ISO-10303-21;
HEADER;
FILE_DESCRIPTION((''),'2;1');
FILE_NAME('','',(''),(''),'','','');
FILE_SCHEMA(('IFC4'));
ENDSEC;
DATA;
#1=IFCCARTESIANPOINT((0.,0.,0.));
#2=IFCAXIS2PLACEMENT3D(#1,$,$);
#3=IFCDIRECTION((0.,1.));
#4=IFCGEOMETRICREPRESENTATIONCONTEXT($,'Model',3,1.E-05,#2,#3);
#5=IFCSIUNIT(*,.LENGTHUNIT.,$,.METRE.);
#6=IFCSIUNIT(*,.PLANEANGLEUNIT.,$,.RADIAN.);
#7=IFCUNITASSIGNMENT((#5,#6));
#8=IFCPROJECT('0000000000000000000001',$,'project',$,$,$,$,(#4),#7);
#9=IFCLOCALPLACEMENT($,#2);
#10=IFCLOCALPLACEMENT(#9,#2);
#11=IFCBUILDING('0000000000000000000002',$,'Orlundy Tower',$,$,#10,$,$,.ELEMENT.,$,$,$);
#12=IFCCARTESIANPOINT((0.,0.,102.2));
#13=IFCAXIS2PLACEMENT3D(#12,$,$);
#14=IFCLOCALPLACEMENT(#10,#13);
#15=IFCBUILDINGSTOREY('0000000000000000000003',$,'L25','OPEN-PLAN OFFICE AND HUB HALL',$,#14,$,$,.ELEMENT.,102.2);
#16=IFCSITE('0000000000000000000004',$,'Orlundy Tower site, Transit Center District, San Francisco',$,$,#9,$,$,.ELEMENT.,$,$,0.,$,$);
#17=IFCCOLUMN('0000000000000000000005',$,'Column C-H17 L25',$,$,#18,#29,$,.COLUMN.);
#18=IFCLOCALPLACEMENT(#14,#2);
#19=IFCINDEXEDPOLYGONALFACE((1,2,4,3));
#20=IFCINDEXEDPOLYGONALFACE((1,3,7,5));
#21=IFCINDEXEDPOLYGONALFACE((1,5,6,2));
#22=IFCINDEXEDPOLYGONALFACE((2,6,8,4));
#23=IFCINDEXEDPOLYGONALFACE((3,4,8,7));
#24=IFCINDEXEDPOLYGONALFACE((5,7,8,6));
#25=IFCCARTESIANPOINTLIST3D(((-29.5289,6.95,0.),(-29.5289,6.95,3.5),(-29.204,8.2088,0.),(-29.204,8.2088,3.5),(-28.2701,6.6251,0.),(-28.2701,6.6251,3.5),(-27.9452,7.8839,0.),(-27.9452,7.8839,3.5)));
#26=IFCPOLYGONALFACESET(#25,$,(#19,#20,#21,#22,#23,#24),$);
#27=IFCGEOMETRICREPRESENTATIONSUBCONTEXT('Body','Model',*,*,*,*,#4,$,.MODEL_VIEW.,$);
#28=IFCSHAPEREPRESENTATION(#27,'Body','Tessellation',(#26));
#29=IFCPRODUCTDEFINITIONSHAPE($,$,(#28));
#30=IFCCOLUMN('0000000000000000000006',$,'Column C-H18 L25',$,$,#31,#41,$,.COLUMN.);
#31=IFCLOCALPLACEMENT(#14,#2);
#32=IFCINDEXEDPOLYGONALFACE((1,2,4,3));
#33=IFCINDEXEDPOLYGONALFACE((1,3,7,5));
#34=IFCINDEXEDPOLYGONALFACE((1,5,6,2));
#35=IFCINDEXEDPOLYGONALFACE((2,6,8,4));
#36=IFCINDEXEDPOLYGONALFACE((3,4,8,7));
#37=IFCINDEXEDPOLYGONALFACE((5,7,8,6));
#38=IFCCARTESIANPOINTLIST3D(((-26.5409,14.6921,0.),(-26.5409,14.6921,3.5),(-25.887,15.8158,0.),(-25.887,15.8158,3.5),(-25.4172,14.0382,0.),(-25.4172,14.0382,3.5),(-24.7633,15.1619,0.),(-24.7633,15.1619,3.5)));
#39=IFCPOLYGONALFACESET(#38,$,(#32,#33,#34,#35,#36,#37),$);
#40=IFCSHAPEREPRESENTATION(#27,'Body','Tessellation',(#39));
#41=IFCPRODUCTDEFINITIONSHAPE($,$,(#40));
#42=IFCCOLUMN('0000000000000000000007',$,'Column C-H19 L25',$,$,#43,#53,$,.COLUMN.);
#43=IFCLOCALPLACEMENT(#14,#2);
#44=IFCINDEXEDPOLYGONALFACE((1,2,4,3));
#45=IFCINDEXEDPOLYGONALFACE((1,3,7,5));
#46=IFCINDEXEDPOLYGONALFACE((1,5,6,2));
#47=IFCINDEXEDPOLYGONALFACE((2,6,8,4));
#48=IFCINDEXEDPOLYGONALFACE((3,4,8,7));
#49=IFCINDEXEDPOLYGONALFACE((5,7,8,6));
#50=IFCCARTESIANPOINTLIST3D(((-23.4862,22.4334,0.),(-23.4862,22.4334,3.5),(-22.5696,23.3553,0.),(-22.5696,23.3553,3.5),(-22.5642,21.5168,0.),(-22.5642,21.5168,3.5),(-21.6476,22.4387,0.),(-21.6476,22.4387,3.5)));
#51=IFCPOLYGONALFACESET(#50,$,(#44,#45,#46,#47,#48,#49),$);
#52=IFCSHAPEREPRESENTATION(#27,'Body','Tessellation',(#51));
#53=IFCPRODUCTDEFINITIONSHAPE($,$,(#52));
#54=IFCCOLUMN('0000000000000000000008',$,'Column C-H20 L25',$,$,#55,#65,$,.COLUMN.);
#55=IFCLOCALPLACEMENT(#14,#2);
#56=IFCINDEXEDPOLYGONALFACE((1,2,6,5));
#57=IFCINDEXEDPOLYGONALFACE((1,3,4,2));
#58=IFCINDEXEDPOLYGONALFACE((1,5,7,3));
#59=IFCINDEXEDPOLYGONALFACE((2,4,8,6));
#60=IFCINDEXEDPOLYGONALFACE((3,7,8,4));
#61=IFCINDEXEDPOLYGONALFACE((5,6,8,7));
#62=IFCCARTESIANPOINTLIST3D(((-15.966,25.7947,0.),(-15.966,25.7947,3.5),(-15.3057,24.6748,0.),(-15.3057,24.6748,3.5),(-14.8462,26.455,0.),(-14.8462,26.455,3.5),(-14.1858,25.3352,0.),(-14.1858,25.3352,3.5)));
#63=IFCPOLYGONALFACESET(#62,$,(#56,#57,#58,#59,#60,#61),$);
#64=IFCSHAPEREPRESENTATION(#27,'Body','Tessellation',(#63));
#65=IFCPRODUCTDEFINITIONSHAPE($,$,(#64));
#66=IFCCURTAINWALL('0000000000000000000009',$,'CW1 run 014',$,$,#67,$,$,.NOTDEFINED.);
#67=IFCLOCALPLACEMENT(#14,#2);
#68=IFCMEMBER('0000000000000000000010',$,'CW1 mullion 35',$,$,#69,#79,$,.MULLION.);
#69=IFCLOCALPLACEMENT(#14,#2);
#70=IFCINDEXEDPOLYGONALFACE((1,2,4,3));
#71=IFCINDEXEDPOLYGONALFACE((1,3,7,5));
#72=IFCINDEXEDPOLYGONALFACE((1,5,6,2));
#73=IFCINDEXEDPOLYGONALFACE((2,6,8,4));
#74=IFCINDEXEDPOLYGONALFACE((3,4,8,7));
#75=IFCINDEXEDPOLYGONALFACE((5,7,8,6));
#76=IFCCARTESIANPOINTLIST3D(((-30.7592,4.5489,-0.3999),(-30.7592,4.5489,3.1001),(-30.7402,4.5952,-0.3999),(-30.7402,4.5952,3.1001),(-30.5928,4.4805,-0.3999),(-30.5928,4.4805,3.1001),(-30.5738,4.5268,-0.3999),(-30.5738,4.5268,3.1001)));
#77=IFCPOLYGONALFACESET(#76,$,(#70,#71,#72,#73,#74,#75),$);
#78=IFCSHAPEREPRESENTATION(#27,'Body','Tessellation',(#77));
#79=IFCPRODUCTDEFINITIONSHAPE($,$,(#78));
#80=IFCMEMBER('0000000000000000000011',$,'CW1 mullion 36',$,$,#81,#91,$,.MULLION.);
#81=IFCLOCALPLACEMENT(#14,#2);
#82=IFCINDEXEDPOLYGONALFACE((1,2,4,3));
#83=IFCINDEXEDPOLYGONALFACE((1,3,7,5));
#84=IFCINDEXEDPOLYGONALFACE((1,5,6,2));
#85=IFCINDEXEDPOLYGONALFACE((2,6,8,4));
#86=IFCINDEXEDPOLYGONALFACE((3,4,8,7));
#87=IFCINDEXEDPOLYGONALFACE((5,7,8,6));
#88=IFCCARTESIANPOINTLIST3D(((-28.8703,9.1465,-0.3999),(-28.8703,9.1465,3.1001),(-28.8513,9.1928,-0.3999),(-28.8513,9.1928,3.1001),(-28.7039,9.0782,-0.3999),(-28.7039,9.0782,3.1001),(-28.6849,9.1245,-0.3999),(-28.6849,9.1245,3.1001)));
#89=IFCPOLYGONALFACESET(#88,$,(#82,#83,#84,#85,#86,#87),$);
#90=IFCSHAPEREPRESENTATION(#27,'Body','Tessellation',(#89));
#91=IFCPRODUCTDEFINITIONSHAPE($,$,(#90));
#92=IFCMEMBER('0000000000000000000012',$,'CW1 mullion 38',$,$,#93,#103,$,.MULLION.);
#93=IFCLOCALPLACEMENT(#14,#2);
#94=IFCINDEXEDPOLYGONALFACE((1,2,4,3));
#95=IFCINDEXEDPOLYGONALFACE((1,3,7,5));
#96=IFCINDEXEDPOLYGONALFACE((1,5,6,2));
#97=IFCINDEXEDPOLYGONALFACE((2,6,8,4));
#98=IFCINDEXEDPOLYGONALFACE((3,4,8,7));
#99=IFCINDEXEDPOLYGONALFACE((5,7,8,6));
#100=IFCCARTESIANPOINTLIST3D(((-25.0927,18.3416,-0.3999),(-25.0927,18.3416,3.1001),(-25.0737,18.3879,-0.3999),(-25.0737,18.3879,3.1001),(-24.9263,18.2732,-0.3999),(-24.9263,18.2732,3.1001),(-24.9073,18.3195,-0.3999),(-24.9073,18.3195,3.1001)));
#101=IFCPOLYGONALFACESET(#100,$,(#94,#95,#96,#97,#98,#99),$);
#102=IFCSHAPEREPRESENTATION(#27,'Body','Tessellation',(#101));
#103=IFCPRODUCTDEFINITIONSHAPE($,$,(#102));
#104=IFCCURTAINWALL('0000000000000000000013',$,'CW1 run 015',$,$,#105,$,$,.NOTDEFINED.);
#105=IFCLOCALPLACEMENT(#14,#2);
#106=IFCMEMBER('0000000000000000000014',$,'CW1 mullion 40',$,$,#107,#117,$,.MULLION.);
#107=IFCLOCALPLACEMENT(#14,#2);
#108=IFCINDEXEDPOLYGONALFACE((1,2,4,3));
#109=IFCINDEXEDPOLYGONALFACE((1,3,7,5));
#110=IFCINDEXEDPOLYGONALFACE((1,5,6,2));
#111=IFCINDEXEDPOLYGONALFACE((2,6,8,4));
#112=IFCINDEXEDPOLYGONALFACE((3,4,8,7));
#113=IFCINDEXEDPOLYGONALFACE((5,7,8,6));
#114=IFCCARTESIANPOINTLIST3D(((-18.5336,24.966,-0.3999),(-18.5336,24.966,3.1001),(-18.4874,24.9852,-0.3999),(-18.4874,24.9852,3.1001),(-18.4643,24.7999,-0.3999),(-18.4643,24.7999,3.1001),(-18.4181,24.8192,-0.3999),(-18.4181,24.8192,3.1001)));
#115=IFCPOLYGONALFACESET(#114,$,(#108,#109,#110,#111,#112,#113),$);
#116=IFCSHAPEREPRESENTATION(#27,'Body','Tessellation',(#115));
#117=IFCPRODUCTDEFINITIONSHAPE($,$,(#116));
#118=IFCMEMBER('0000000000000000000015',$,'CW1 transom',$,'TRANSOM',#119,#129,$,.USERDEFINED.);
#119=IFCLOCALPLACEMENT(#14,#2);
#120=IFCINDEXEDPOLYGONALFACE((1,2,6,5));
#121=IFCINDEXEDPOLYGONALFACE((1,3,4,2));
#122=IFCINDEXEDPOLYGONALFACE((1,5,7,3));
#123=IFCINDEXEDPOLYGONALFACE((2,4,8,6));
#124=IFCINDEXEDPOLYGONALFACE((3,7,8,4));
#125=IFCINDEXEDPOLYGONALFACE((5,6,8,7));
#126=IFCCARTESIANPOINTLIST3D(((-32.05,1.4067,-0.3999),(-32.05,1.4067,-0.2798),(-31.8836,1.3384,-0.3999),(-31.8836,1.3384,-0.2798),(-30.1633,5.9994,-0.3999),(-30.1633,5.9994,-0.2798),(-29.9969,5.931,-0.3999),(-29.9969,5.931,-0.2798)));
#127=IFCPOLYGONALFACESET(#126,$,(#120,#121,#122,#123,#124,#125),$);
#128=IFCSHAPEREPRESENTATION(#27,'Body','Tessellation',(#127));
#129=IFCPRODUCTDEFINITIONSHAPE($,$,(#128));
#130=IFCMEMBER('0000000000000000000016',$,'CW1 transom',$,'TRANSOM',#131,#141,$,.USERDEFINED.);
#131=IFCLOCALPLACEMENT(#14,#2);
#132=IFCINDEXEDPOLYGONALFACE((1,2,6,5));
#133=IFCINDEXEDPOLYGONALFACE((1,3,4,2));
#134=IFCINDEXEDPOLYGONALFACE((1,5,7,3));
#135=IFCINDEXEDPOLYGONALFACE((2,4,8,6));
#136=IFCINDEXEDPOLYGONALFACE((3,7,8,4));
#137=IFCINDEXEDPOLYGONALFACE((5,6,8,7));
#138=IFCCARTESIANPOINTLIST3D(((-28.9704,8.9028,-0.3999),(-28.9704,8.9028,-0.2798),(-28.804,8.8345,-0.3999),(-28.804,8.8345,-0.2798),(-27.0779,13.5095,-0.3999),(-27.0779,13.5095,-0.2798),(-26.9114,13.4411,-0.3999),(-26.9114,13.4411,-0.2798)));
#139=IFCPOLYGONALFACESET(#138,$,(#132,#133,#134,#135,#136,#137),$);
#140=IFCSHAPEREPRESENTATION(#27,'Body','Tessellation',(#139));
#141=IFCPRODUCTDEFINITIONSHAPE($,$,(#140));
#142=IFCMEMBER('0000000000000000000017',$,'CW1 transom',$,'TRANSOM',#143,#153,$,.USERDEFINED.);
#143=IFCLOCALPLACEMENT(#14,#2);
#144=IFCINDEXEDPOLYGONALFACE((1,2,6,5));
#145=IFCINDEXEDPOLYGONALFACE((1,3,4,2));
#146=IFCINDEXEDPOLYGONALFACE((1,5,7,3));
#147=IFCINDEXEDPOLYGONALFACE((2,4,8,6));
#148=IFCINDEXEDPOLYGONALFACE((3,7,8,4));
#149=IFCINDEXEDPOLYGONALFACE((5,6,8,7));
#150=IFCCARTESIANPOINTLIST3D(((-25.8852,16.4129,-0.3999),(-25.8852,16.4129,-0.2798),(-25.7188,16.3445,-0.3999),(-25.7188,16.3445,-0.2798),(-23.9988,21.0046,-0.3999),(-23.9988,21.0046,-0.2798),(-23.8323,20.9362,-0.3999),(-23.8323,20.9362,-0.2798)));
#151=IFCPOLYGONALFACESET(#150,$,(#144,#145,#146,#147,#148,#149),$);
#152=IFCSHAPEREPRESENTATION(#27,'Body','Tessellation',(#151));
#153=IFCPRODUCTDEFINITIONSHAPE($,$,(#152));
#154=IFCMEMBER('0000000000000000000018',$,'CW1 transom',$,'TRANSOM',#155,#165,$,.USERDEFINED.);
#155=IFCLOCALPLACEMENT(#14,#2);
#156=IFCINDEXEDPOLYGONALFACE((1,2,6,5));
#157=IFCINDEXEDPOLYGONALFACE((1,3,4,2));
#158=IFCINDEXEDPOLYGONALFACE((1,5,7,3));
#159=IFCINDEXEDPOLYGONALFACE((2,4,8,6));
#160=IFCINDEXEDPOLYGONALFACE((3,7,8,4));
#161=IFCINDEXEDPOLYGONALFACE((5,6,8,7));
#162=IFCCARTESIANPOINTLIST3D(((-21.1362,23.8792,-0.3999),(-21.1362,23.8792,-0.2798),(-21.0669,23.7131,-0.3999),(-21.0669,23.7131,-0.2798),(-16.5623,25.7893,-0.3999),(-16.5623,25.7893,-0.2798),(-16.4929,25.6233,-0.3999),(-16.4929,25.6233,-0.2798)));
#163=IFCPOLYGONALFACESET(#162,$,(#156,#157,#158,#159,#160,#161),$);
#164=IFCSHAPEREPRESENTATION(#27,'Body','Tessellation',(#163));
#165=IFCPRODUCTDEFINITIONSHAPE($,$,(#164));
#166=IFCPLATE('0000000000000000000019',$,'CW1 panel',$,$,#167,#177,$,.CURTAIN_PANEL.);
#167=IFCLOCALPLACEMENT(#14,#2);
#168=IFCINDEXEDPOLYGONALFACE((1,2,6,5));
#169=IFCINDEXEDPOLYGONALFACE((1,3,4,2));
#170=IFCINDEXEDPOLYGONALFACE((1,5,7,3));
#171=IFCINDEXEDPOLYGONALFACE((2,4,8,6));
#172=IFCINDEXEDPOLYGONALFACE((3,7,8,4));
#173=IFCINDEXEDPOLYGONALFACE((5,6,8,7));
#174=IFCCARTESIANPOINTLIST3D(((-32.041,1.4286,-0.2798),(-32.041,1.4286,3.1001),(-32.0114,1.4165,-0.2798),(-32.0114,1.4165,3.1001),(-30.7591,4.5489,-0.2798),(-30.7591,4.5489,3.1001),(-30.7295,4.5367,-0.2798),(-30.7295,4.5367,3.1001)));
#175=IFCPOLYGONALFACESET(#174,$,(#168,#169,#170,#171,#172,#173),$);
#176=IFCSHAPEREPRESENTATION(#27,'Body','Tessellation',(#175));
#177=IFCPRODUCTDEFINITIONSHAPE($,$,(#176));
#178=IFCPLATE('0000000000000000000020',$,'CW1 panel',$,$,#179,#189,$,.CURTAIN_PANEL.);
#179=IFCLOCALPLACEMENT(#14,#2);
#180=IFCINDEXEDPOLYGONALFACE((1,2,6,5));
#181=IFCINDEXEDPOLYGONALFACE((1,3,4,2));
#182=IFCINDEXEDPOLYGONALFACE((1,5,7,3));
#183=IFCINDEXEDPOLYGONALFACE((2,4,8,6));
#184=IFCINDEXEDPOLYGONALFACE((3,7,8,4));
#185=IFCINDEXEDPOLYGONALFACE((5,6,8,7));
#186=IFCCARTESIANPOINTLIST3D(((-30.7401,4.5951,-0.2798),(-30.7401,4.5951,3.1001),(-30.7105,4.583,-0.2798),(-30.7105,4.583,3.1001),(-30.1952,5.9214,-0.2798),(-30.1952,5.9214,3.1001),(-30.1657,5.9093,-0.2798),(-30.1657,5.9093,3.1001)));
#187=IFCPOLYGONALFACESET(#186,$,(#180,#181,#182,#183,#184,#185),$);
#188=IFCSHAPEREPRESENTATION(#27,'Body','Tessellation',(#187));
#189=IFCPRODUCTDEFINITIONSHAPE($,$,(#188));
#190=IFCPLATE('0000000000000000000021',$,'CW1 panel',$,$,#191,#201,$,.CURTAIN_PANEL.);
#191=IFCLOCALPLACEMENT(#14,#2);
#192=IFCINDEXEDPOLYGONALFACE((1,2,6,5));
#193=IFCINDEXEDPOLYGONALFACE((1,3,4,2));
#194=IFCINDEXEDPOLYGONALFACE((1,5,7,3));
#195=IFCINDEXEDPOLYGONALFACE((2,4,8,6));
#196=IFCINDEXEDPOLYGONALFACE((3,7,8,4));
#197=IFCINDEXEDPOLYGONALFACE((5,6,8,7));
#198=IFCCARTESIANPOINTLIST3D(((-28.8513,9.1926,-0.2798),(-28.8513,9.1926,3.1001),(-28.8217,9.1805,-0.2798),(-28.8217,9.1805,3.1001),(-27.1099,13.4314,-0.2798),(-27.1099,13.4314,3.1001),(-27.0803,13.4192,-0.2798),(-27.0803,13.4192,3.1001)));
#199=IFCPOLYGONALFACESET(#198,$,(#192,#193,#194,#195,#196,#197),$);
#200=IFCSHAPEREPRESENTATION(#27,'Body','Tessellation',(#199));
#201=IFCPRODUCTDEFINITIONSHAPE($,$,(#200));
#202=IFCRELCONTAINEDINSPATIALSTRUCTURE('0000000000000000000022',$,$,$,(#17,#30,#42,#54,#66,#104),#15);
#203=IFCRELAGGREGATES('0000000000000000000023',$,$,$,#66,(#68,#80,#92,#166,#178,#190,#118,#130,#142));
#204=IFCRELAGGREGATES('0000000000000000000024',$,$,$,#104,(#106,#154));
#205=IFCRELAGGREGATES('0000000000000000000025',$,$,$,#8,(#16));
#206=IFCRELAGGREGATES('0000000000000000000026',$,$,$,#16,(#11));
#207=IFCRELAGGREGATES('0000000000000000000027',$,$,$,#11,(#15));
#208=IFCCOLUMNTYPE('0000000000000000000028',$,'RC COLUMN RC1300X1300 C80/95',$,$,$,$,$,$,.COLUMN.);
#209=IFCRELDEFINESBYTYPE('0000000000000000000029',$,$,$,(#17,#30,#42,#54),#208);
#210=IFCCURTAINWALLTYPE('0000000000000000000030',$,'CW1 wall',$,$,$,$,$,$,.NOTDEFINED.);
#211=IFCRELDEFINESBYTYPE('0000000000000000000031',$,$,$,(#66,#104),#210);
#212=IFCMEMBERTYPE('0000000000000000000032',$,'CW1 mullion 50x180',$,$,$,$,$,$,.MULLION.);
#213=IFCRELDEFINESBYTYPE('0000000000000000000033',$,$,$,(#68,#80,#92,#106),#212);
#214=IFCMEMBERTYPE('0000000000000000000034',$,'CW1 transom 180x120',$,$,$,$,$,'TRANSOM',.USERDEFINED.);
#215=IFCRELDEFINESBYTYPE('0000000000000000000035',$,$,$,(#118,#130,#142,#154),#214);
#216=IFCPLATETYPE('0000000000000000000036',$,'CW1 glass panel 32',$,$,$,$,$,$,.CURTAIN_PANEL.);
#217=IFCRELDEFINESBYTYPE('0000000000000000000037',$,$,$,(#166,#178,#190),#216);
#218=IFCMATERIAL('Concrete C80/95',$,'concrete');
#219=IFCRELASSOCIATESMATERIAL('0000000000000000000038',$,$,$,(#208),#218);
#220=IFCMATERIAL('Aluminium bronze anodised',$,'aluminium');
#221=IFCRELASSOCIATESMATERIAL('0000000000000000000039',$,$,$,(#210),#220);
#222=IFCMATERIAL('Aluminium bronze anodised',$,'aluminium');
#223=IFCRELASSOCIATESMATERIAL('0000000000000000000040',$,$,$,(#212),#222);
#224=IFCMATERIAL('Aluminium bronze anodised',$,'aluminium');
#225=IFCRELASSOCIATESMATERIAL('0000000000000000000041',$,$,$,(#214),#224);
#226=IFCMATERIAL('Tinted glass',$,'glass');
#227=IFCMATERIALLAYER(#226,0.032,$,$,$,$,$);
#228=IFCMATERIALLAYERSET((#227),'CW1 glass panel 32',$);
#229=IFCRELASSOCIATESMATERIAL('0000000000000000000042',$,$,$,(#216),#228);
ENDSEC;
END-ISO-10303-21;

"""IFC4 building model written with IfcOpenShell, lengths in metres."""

from ifc_helpers import new_model, si_unit, direction, frame, origin, origin_2d, place, context, subcontext, project, spatial, rectangle, extrude, material, layer, layer_set, material_profile, profile_set, type_object, element, aggregate, save


model = new_model("IFC4")

# Units and contexts
model_context = context("Model", 3, precision=1e-05, world=origin(), true_north=direction((0.0, 1.0)))
body_context = subcontext(model_context, "Body", "Model", "MODEL_VIEW")
ifc_project = project(units=[si_unit("LENGTHUNIT", "METRE"), si_unit("PLANEANGLEUNIT", "RADIAN")], contexts=[model_context])

# Site, building, storey
site_placement = place(None, origin())
site = spatial("IfcSite", under=ifc_project, at=site_placement, Name="Orlundy Tower site, Transit Center District, San Francisco", CompositionType="ELEMENT", RefElevation=0.0)
building_placement = place(site_placement, origin())
building = spatial("IfcBuilding", under=site, at=building_placement, Name="Orlundy Tower", CompositionType="ELEMENT")
storey_placement = place(building_placement, frame((0.0, 0.0, 102.2)))
storey = spatial("IfcBuildingStorey", under=building, at=storey_placement, Name="L25", Description="OPEN-PLAN OFFICE AND HUB HALL", CompositionType="ELEMENT", Elevation=102.2)

# Columns
ifc_material_1 = material(Name="Concrete C80/95", Category="concrete")
ifc_material_profile_1 = material_profile(ifc_material_1, rectangle(XDim=1.3, YDim=1.3, at=origin_2d()), Name="RC1300X1300")
ifc_profile_set_1 = profile_set([ifc_material_profile_1], Name="Concrete C80/95")
column_type = type_object("IfcColumnType", Name="RC COLUMN RC1300X1300 C80/95", PredefinedType="COLUMN", material=ifc_profile_set_1)
for number, where, z_axis, x_axis, name in (
    (1, (-28.7371, 7.417, 0.0), (0.0, 0.0, 1.0), (-0.96827, 0.249907, 0.0), "Column C-H17 L25"),
    (2, (-25.6521, 14.927, 0.0), (0.0, 0.0, 1.0), (-0.864319, 0.502945, 0.0), "Column C-H18 L25"),
    (3, (-22.5669, 22.436, 0.0), (0.0, 0.0, 1.0), (-0.709165, 0.705043, 0.0), "Column C-H19 L25"),
    (4, (-15.0759, 25.5649, 0.0), (0.0, 0.0, 1.0), (-0.507959, 0.861381, 0.0), "Column C-H20 L25"),
):
    element("IfcColumn", number, at=place(storey_placement, frame(where, z_axis=z_axis, x_axis=x_axis)), inside=storey, type_object=column_type, Name=name, PredefinedType="COLUMN", context=body_context, shape_type="SweptSolid", body=[
        extrude(rectangle(XDim=1.3, YDim=1.3, at=origin_2d()), origin(), (0.0, 0.0, 1.0), 3.5),
    ])

# Curtain wall, members
ifc_material_2 = material(Name="Aluminium bronze anodised", Category="aluminium")
curtain_wall_type = type_object("IfcCurtainWallType", Name="CW1 wall", PredefinedType="NOTDEFINED", material=ifc_material_2)
curtain_wall_1_placement = place(storey_placement, origin())
curtain_wall_1 = element("IfcCurtainWall", 5, at=curtain_wall_1_placement, inside=storey, type_object=curtain_wall_type, Name="CW1 run 014", PredefinedType="NOTDEFINED")
ifc_material_3 = material(Name="Aluminium bronze anodised", Category="aluminium")
ifc_material_profile_2 = material_profile(ifc_material_3, rectangle(XDim=0.1799, YDim=0.05, at=origin_2d()), Name="CW1 mullion 50x180")
ifc_profile_set_2 = profile_set([ifc_material_profile_2], Name="Aluminium bronze anodised")
member_type_1 = type_object("IfcMemberType", Name="CW1 mullion 50x180", PredefinedType="MULLION", material=ifc_profile_set_2)
member_1_placement = place(storey_placement, frame((-30.6665, 4.5378, -0.3999), z_axis=(0.0, 0.0, 1.0), x_axis=(-0.924984, 0.380005, 0.0)))
member_1 = element("IfcMember", 6, at=member_1_placement, type_object=member_type_1, Name="CW1 mullion 35", PredefinedType="MULLION", context=body_context, shape_type="SweptSolid", body=[
    extrude(rectangle(XDim=0.1799, YDim=0.05, at=origin_2d()), origin(), (0.0, 0.0, 1.0), 3.5),
])
member_2_placement = place(storey_placement, frame((-28.7776, 9.1355, -0.3999), z_axis=(0.0, 0.0, 1.0), x_axis=(-0.924984, 0.380005, 0.0)))
member_2 = element("IfcMember", 7, at=member_2_placement, type_object=member_type_1, Name="CW1 mullion 36", PredefinedType="MULLION", context=body_context, shape_type="SweptSolid", body=[
    extrude(rectangle(XDim=0.1799, YDim=0.05, at=origin_2d()), origin(), (0.0, 0.0, 1.0), 3.5),
])
member_3_placement = place(storey_placement, frame((-25.0, 18.3306, -0.3999), z_axis=(0.0, 0.0, 1.0), x_axis=(-0.924984, 0.380005, 0.0)))
member_3 = element("IfcMember", 8, at=member_3_placement, type_object=member_type_1, Name="CW1 mullion 38", PredefinedType="MULLION", context=body_context, shape_type="SweptSolid", body=[
    extrude(rectangle(XDim=0.1799, YDim=0.05, at=origin_2d()), origin(), (0.0, 0.0, 1.0), 3.5),
])

# Curtain wall, member
curtain_wall_2_placement = place(storey_placement, origin())
curtain_wall_2 = element("IfcCurtainWall", 9, at=curtain_wall_2_placement, inside=storey, type_object=curtain_wall_type, Name="CW1 run 015", PredefinedType="NOTDEFINED")
member_4_placement = place(storey_placement, frame((-18.4758, 24.8926, -0.3999), z_axis=(0.0, 0.0, 1.0), x_axis=(-0.385375, 0.92276, 0.0)))
member_4 = element("IfcMember", 10, at=member_4_placement, type_object=member_type_1, Name="CW1 mullion 40", PredefinedType="MULLION", context=body_context, shape_type="SweptSolid", body=[
    extrude(rectangle(XDim=0.1799, YDim=0.05, at=origin_2d()), origin(), (0.0, 0.0, 1.0), 3.5),
])

# Members
ifc_material_4 = material(Name="Aluminium bronze anodised", Category="aluminium")
ifc_material_profile_3 = material_profile(ifc_material_4, rectangle(XDim=0.1799, YDim=0.1201, at=origin_2d()), Name="CW1 transom 180x120")
ifc_profile_set_3 = profile_set([ifc_material_profile_3], Name="Aluminium bronze anodised")
member_type_2 = type_object("IfcMemberType", Name="CW1 transom 180x120", ElementType="TRANSOM", PredefinedType="USERDEFINED", material=ifc_profile_set_3)
member_5_placement = place(storey_placement, frame((-31.9668, 1.3726, -0.3398), z_axis=(0.379988, 0.924991, 0.0), x_axis=(-0.924991, 0.379988, 0.0)))
member_5 = element("IfcMember", 11, at=member_5_placement, type_object=member_type_2, Name="CW1 transom", ObjectType="TRANSOM", PredefinedType="USERDEFINED", context=body_context, shape_type="SweptSolid", body=[
    extrude(rectangle(XDim=0.1799, YDim=0.1201, at=origin_2d()), origin(), (0.0, 0.0, 1.0), 4.9651),
])
member_6_placement = place(storey_placement, frame((-28.8872, 8.8687, -0.3398), z_axis=(0.380012, 0.924981, 0.0), x_axis=(-0.924981, 0.380012, 0.0)))
member_6 = element("IfcMember", 12, at=member_6_placement, type_object=member_type_2, Name="CW1 transom", ObjectType="TRANSOM", PredefinedType="USERDEFINED", context=body_context, shape_type="SweptSolid", body=[
    extrude(rectangle(XDim=0.1799, YDim=0.1201, at=origin_2d()), origin(), (0.0, 0.0, 1.0), 4.9802),
])
member_7_placement = place(storey_placement, frame((-25.802, 16.3787, -0.3398), z_axis=(0.380015, 0.92498, 0.0), x_axis=(-0.92498, 0.380015, 0.0)))
member_7 = element("IfcMember", 13, at=member_7_placement, type_object=member_type_2, Name="CW1 transom", ObjectType="TRANSOM", PredefinedType="USERDEFINED", context=body_context, shape_type="SweptSolid", body=[
    extrude(rectangle(XDim=0.1799, YDim=0.1201, at=origin_2d()), origin(), (0.0, 0.0, 1.0), 4.9641),
])
member_8_placement = place(storey_placement, frame((-21.1016, 23.7961, -0.3398), z_axis=(0.922766, 0.38536, 0.0), x_axis=(-0.38536, 0.922766, 0.0)))
member_8 = element("IfcMember", 14, at=member_8_placement, type_object=member_type_2, Name="CW1 transom", ObjectType="TRANSOM", PredefinedType="USERDEFINED", context=body_context, shape_type="SweptSolid", body=[
    extrude(rectangle(XDim=0.1799, YDim=0.1201, at=origin_2d()), origin(), (0.0, 0.0, 1.0), 4.9568),
])

# Plates
ifc_material_5 = material(Name="Tinted glass", Category="glass")
ifc_layer_1 = layer(ifc_material_5, 0.032)
ifc_layer_set_1 = layer_set([ifc_layer_1], Name="CW1 glass panel 32")
plate_type = type_object("IfcPlateType", Name="CW1 glass panel 32", PredefinedType="CURTAIN_PANEL", material=ifc_layer_set_1)
plate_1_placement = place(storey_placement, frame((-31.3853, 2.9827, -0.2798), z_axis=(0.0, 0.0, 1.0), x_axis=(0.380005, 0.924984, 0.0)))
plate_1 = element("IfcPlate", 15, at=plate_1_placement, type_object=plate_type, Name="CW1 panel", PredefinedType="CURTAIN_PANEL", context=body_context, shape_type="SweptSolid", body=[
    extrude(rectangle(XDim=3.3733, YDim=0.032, at=origin_2d()), origin(), (0.0, 0.0, 1.0), 3.3799),
])
plate_2_placement = place(storey_placement, frame((-30.4529, 5.2522, -0.2798), z_axis=(0.0, 0.0, 1.0), x_axis=(0.380005, 0.924984, 0.0)))
plate_2 = element("IfcPlate", 16, at=plate_2_placement, type_object=plate_type, Name="CW1 panel", PredefinedType="CURTAIN_PANEL", context=body_context, shape_type="SweptSolid", body=[
    extrude(rectangle(XDim=1.4338, YDim=0.032, at=origin_2d()), origin(), (0.0, 0.0, 1.0), 3.3799),
])
plate_3_placement = place(storey_placement, frame((-27.9658, 11.3059, -0.2798), z_axis=(0.0, 0.0, 1.0), x_axis=(0.380005, 0.924984, 0.0)))
plate_3 = element("IfcPlate", 17, at=plate_3_placement, type_object=plate_type, Name="CW1 panel", PredefinedType="CURTAIN_PANEL", context=body_context, shape_type="SweptSolid", body=[
    extrude(rectangle(XDim=4.5825, YDim=0.032, at=origin_2d()), origin(), (0.0, 0.0, 1.0), 3.3799),
])
aggregate(curtain_wall_1, [member_1, member_2, member_3, plate_1, plate_2, plate_3, member_5, member_6, member_7])
aggregate(curtain_wall_2, [member_4, member_8])

save(model, "model.ifc")
